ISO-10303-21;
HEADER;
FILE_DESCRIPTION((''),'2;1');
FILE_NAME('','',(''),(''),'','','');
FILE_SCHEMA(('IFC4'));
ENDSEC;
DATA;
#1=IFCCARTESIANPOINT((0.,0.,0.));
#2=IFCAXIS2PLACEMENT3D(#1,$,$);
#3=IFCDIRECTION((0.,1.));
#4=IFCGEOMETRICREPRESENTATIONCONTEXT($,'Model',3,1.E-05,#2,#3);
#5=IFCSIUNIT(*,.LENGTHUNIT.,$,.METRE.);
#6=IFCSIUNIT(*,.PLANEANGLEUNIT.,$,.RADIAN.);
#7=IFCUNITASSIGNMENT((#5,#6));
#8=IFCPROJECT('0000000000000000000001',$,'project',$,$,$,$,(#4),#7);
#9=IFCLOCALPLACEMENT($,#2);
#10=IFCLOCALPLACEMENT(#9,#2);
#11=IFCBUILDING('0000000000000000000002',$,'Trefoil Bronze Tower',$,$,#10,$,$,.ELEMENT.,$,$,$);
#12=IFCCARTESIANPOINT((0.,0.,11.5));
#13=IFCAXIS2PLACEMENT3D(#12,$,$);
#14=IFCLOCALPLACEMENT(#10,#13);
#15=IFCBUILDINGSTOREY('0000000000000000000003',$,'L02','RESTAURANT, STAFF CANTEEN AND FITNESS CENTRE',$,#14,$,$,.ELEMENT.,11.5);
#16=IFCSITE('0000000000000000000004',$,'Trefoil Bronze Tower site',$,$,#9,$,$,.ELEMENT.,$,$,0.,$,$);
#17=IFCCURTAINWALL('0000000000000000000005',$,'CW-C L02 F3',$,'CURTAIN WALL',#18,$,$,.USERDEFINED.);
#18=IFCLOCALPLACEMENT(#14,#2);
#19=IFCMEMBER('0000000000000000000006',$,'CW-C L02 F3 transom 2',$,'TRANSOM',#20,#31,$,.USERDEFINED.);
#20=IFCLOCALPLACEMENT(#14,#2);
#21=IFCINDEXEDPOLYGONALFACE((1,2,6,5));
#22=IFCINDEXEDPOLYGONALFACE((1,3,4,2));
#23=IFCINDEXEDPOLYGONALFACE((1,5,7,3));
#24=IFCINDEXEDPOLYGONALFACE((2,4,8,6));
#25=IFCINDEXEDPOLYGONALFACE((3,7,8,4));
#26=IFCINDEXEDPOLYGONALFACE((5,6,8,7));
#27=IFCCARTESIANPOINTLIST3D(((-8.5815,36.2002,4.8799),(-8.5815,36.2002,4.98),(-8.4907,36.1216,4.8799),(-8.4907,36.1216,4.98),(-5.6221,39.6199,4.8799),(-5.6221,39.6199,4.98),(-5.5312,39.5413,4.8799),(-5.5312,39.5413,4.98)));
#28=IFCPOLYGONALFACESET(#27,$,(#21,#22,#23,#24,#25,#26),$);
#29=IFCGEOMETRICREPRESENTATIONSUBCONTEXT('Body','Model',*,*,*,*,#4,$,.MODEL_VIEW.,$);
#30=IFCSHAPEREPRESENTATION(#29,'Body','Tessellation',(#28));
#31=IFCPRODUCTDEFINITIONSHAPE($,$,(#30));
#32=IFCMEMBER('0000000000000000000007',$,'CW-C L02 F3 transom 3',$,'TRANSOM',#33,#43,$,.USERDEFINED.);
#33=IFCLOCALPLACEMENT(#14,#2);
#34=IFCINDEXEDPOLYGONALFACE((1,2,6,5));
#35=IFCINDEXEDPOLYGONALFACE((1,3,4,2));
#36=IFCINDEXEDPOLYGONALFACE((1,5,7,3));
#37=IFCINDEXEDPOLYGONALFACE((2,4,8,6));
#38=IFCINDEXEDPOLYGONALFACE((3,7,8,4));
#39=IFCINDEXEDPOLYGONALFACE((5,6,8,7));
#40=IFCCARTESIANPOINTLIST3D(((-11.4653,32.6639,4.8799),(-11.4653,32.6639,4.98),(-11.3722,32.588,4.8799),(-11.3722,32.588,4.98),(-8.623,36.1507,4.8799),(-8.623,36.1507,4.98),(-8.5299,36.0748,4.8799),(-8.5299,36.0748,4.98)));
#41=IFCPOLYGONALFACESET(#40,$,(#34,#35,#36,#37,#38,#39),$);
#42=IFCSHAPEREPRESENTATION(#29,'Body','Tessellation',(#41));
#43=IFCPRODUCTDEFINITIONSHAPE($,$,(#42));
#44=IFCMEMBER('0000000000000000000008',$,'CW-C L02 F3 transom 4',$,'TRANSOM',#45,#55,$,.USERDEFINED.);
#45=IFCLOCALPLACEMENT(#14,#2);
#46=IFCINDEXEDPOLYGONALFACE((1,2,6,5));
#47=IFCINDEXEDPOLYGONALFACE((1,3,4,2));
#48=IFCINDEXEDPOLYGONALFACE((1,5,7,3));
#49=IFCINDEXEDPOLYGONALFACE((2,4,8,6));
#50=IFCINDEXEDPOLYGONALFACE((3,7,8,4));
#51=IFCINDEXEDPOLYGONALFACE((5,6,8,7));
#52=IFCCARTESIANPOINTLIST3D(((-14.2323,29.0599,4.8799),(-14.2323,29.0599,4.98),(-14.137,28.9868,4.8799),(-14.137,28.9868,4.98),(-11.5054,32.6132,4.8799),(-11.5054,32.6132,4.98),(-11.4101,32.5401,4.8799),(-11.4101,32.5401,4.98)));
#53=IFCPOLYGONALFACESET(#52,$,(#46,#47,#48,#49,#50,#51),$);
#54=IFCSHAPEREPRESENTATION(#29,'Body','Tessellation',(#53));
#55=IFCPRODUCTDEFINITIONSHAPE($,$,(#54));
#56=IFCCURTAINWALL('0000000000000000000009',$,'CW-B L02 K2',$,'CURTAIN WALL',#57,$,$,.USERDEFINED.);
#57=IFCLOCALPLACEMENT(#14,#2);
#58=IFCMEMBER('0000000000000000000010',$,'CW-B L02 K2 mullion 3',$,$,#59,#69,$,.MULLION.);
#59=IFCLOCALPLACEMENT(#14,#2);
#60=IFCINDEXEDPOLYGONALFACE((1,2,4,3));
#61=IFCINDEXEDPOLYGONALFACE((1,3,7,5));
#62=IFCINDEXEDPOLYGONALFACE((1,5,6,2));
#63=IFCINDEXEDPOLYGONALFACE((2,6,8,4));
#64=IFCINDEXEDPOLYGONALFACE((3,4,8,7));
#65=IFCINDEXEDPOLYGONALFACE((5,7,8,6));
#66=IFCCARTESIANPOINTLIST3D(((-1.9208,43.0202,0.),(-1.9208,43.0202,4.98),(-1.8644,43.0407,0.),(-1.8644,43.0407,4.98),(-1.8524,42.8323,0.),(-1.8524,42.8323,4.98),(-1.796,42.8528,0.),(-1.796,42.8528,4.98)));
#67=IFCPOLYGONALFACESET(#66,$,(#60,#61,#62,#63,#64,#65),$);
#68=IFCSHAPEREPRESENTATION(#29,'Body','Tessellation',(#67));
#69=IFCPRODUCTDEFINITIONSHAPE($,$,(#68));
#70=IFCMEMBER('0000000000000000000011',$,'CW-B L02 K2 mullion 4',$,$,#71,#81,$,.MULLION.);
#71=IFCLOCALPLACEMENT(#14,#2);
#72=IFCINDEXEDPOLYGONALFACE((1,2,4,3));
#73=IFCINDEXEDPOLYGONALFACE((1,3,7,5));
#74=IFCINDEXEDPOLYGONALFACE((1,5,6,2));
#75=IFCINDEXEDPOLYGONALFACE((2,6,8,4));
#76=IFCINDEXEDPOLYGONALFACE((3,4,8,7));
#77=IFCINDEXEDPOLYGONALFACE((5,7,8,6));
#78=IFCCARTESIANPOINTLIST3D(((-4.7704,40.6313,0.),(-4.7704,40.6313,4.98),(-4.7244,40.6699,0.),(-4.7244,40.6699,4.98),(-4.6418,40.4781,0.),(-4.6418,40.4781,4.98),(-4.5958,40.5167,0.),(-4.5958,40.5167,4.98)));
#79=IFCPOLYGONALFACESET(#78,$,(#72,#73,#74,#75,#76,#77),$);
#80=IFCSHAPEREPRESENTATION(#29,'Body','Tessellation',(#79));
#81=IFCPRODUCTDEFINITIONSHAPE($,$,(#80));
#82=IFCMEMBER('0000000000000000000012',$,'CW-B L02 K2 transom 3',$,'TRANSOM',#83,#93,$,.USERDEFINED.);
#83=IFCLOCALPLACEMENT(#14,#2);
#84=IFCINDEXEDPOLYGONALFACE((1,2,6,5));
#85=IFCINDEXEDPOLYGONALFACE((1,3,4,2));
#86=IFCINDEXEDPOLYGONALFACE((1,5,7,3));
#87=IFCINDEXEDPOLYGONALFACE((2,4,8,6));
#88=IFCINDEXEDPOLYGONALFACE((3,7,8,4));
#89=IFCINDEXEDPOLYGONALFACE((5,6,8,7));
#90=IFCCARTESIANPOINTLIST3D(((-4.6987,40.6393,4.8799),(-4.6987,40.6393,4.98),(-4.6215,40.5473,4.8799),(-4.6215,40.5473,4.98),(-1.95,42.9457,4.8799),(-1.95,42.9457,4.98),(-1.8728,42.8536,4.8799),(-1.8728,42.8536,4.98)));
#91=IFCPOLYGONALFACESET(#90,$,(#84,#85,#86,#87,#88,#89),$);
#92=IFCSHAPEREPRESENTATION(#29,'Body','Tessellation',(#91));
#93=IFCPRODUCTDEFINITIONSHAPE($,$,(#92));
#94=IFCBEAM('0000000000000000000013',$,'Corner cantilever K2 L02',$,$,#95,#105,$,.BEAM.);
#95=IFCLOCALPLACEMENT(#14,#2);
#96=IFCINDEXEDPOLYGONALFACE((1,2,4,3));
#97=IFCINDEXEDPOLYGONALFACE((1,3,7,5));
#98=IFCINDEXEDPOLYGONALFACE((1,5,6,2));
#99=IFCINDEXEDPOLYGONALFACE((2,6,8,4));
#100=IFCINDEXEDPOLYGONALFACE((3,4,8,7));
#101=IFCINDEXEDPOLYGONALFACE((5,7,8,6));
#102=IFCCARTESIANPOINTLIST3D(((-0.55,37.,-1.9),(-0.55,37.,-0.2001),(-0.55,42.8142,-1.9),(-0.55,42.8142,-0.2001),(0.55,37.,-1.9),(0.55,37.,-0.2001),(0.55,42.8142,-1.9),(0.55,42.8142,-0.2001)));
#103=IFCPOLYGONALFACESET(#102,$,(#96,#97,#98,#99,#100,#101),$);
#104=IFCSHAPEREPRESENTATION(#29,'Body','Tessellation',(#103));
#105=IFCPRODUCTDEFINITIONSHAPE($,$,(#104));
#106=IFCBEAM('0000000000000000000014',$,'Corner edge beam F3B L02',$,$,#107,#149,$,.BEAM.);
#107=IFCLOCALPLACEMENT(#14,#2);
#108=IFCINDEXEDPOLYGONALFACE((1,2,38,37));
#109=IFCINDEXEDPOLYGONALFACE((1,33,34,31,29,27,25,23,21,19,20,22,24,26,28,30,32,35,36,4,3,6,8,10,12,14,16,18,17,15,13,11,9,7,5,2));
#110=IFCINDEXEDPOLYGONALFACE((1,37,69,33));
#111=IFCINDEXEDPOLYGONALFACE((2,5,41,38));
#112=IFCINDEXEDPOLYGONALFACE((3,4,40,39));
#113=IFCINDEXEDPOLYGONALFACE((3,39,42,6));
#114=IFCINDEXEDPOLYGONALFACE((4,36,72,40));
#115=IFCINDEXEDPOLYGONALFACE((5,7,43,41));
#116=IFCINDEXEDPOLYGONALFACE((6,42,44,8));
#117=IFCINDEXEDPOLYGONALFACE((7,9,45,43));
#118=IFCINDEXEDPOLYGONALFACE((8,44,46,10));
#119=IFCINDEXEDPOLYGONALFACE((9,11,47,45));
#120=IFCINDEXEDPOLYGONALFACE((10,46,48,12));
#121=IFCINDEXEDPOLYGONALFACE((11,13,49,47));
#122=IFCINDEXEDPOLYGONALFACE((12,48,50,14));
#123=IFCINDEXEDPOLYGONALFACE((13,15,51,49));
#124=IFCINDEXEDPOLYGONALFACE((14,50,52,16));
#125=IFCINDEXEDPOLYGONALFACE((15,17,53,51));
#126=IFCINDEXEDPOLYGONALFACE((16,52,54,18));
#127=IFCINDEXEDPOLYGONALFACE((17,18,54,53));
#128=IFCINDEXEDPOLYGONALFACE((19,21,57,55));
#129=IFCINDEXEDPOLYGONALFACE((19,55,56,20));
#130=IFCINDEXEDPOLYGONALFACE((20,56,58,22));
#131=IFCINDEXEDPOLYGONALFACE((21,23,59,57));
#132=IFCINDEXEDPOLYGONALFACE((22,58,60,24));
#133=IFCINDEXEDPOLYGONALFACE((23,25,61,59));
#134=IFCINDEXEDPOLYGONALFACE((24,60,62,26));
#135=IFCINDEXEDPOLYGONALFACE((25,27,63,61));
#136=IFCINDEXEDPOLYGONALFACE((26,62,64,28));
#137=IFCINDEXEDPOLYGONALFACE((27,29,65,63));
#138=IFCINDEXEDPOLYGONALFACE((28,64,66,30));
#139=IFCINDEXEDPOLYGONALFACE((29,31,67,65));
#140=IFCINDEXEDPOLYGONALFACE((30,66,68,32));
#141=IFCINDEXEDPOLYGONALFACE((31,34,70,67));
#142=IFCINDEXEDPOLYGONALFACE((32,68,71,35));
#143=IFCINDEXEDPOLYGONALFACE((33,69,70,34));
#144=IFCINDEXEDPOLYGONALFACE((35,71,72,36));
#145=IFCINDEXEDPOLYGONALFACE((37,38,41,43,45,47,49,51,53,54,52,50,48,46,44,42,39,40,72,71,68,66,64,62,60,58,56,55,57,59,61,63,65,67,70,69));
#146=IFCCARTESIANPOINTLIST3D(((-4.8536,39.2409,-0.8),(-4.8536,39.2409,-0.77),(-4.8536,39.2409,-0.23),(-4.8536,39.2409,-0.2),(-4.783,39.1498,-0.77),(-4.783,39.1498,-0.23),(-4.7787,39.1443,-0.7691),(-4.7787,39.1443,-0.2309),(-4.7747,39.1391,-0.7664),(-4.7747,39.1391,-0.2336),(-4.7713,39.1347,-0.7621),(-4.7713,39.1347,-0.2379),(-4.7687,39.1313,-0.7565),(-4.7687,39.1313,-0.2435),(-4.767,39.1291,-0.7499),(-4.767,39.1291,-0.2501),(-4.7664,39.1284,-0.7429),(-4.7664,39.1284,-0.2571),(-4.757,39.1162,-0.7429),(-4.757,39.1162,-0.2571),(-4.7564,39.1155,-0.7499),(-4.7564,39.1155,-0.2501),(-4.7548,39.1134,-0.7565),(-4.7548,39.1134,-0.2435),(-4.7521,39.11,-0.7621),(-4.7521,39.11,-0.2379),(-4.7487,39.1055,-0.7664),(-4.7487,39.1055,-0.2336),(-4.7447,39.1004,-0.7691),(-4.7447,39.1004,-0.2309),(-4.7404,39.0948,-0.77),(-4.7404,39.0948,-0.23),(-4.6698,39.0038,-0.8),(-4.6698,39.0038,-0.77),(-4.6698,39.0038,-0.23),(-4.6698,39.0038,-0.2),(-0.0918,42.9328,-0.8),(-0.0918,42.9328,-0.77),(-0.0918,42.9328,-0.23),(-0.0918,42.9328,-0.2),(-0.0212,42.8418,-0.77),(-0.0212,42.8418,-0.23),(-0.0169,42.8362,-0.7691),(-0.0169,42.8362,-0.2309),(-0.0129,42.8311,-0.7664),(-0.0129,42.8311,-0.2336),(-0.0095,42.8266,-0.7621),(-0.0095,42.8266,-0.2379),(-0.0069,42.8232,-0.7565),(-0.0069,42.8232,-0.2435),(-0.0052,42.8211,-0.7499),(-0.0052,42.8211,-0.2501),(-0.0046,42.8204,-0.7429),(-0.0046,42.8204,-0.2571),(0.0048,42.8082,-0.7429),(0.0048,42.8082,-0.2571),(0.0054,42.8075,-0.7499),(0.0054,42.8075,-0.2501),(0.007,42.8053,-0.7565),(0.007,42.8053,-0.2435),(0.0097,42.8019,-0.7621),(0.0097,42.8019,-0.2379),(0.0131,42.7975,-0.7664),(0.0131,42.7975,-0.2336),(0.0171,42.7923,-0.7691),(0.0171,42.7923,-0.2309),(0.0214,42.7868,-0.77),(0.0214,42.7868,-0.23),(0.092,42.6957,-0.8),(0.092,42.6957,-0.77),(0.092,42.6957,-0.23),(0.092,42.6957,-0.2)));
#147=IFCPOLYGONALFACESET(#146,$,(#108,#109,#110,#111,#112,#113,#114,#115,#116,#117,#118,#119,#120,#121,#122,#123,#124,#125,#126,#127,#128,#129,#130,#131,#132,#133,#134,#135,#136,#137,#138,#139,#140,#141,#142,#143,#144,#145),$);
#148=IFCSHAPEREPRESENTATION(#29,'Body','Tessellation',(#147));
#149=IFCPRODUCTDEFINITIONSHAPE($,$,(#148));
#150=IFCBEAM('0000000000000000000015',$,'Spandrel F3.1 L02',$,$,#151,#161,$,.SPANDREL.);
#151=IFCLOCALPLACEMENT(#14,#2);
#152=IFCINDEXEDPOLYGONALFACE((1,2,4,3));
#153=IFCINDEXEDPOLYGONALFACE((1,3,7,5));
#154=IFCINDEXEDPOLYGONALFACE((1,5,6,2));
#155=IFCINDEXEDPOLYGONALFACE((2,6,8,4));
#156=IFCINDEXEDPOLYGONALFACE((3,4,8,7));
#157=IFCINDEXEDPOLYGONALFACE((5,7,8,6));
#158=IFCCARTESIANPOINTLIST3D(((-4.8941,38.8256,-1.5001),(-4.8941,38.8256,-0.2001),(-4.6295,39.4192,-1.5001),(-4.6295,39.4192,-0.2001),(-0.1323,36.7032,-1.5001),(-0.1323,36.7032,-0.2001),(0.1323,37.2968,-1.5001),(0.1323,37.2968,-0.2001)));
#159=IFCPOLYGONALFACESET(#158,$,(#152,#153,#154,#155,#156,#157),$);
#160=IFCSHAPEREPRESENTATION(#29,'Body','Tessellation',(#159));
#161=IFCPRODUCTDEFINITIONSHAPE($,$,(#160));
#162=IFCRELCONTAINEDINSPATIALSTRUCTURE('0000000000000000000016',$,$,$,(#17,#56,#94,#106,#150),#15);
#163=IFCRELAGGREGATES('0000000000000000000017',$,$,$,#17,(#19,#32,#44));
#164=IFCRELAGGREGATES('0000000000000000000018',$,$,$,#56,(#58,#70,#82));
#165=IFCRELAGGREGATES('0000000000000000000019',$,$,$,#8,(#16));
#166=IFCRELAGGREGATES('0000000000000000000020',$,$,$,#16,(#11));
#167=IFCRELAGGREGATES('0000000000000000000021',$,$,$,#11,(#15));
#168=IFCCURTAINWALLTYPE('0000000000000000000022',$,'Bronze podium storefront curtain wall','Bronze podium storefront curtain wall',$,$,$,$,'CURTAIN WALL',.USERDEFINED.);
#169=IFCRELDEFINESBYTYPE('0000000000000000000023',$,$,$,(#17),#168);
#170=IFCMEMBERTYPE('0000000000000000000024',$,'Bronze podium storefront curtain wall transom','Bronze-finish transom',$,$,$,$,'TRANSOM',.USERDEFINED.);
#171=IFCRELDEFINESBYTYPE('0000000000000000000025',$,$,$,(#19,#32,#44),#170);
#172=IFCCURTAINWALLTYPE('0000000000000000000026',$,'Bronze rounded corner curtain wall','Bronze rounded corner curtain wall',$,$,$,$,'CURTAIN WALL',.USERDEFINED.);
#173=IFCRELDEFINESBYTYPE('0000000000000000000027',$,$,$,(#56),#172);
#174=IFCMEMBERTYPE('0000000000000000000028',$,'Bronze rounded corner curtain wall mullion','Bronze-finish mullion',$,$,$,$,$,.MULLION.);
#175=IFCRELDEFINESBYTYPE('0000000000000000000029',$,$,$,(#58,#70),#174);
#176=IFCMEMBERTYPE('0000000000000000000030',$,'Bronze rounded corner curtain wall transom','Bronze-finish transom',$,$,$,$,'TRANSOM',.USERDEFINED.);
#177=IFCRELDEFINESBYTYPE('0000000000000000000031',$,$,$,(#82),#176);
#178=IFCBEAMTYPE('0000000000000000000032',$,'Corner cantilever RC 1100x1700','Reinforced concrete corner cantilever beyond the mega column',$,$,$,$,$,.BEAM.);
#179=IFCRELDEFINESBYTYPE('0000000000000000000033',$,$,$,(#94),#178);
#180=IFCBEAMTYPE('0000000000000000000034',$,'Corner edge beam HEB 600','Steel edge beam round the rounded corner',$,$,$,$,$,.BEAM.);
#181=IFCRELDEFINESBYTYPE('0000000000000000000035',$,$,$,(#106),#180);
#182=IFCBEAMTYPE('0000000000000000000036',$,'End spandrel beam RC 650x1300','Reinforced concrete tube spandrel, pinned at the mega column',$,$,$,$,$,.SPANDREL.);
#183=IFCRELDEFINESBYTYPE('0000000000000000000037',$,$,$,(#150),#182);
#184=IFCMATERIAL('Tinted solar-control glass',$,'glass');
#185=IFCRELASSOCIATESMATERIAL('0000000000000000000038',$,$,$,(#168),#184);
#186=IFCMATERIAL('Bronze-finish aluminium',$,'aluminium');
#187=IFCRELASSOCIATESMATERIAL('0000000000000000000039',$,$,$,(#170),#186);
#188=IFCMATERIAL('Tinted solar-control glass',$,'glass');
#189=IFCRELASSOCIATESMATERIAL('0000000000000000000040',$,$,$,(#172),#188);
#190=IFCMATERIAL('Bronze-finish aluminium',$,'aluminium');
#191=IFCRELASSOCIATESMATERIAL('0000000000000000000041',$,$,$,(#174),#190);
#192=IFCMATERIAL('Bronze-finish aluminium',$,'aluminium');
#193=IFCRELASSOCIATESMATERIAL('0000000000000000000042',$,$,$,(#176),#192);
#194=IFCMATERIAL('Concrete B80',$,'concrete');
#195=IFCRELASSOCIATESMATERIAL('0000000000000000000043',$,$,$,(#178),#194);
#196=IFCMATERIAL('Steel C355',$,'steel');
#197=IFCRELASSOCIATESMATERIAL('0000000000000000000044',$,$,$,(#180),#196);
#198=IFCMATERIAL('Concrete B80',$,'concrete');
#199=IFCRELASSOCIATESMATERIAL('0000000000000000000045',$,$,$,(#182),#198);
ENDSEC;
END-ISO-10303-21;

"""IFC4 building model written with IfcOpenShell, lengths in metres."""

from ifc_helpers import new_model, si_unit, direction, frame, origin, origin_2d, place, context, subcontext, project, spatial, rectangle, i_section, extrude, material, material_profile, profile_set, type_object, element, aggregate, save


model = new_model("IFC4")

# Units and contexts
model_context = context("Model", 3, precision=1e-05, world=origin(), true_north=direction((0.0, 1.0)))
body_context = subcontext(model_context, "Body", "Model", "MODEL_VIEW")
ifc_project = project(units=[si_unit("LENGTHUNIT", "METRE"), si_unit("PLANEANGLEUNIT", "RADIAN")], contexts=[model_context])

# Site, building, storey
site_placement = place(None, origin())
site = spatial("IfcSite", under=ifc_project, at=site_placement, Name="Trefoil Bronze Tower site", CompositionType="ELEMENT", RefElevation=0.0)
building_placement = place(site_placement, origin())
building = spatial("IfcBuilding", under=site, at=building_placement, Name="Trefoil Bronze Tower", CompositionType="ELEMENT")
storey_placement = place(building_placement, frame((0.0, 0.0, 11.5)))
storey = spatial("IfcBuildingStorey", under=building, at=storey_placement, Name="L02", Description="RESTAURANT, STAFF CANTEEN AND FITNESS CENTRE", CompositionType="ELEMENT", Elevation=11.5)

# Curtain walls, members
ifc_material_1 = material(Name="Tinted solar-control glass", Category="glass")
curtain_wall_type_1 = type_object("IfcCurtainWallType", Name="Bronze podium storefront curtain wall", Description="Bronze podium storefront curtain wall", ElementType="CURTAIN WALL", PredefinedType="USERDEFINED", material=ifc_material_1)
curtain_wall_1_placement = place(storey_placement, origin())
curtain_wall_1 = element("IfcCurtainWall", 1, at=curtain_wall_1_placement, inside=storey, type_object=curtain_wall_type_1, Name="CW-C L02 F3", ObjectType="CURTAIN WALL", PredefinedType="USERDEFINED")
ifc_material_2 = material(Name="Bronze-finish aluminium", Category="aluminium")
ifc_material_profile_1 = material_profile(ifc_material_2, rectangle(XDim=0.1201, YDim=0.1001, at=origin_2d()), Name="CW-C transom")
ifc_profile_set_1 = profile_set([ifc_material_profile_1], Name="Bronze-finish aluminium")
member_type_1 = type_object("IfcMemberType", Name="Bronze podium storefront curtain wall transom", Description="Bronze-finish transom", ElementType="TRANSOM", PredefinedType="USERDEFINED", material=ifc_profile_set_1)
member_1_placement = place(storey_placement, frame((-5.5767, 39.5806, 4.9299), z_axis=(-0.654394, -0.756154, 0.0), x_axis=(0.756154, -0.654394, 0.0)))
member_1 = element("IfcMember", 2, at=member_1_placement, type_object=member_type_1, Name="CW-C L02 F3 transom 2", ObjectType="TRANSOM", PredefinedType="USERDEFINED", context=body_context, shape_type="SweptSolid", body=[
    extrude(rectangle(XDim=0.1201, YDim=0.1001, at=origin_2d()), origin(), (0.0, 0.0, 1.0), 4.5225),
])
member_2_placement = place(storey_placement, frame((-8.5764, 36.1128, 4.9299), z_axis=(-0.63183, -0.775107, 0.0), x_axis=(0.775107, -0.63183, 0.0)))
member_2 = element("IfcMember", 3, at=member_2_placement, type_object=member_type_1, Name="CW-C L02 F3 transom 3", ObjectType="TRANSOM", PredefinedType="USERDEFINED", context=body_context, shape_type="SweptSolid", body=[
    extrude(rectangle(XDim=0.1201, YDim=0.1001, at=origin_2d()), origin(), (0.0, 0.0, 1.0), 4.4985),
])
member_3_placement = place(storey_placement, frame((-11.4578, 32.5767, 4.9299), z_axis=(-0.608807, -0.793319, 0.0), x_axis=(0.793319, -0.608807, 0.0)))
member_3 = element("IfcMember", 4, at=member_3_placement, type_object=member_type_1, Name="CW-C L02 F3 transom 4", ObjectType="TRANSOM", PredefinedType="USERDEFINED", context=body_context, shape_type="SweptSolid", body=[
    extrude(rectangle(XDim=0.1201, YDim=0.1001, at=origin_2d()), origin(), (0.0, 0.0, 1.0), 4.479),
])
ifc_material_3 = material(Name="Tinted solar-control glass", Category="glass")
curtain_wall_type_2 = type_object("IfcCurtainWallType", Name="Bronze rounded corner curtain wall", Description="Bronze rounded corner curtain wall", ElementType="CURTAIN WALL", PredefinedType="USERDEFINED", material=ifc_material_3)
curtain_wall_2_placement = place(storey_placement, origin())
curtain_wall_2 = element("IfcCurtainWall", 5, at=curtain_wall_2_placement, inside=storey, type_object=curtain_wall_type_2, Name="CW-B L02 K2", ObjectType="CURTAIN WALL", PredefinedType="USERDEFINED")
ifc_material_4 = material(Name="Bronze-finish aluminium", Category="aluminium")
ifc_material_profile_2 = material_profile(ifc_material_4, rectangle(XDim=0.2, YDim=0.0601, at=origin_2d()), Name="CW-B mullion")
ifc_profile_set_2 = profile_set([ifc_material_profile_2], Name="Bronze-finish aluminium")
member_type_2 = type_object("IfcMemberType", Name="Bronze rounded corner curtain wall mullion", Description="Bronze-finish mullion", PredefinedType="MULLION", material=ifc_profile_set_2)
member_4_placement = place(storey_placement, frame((-1.8584, 42.9365, 0.0), z_axis=(0.0, 0.0, 1.0), x_axis=(0.34202, -0.939693, 0.0)))
member_4 = element("IfcMember", 6, at=member_4_placement, type_object=member_type_2, Name="CW-B L02 K2 mullion 3", PredefinedType="MULLION", context=body_context, shape_type="SweptSolid", body=[
    extrude(rectangle(XDim=0.2, YDim=0.0601, at=origin_2d()), origin(), (0.0, 0.0, 1.0), 4.98),
])
member_5_placement = place(storey_placement, frame((-4.6831, 40.574, 0.0), z_axis=(0.0, 0.0, 1.0), x_axis=(0.642788, -0.766044, 0.0)))
member_5 = element("IfcMember", 7, at=member_5_placement, type_object=member_type_2, Name="CW-B L02 K2 mullion 4", PredefinedType="MULLION", context=body_context, shape_type="SweptSolid", body=[
    extrude(rectangle(XDim=0.2, YDim=0.0601, at=origin_2d()), origin(), (0.0, 0.0, 1.0), 4.98),
])
ifc_material_5 = material(Name="Bronze-finish aluminium", Category="aluminium")
ifc_material_profile_3 = material_profile(ifc_material_5, rectangle(XDim=0.1201, YDim=0.1001, at=origin_2d()), Name="CW-B transom")
ifc_profile_set_3 = profile_set([ifc_material_profile_3], Name="Bronze-finish aluminium")
member_type_3 = type_object("IfcMemberType", Name="Bronze rounded corner curtain wall transom", Description="Bronze-finish transom", ElementType="TRANSOM", PredefinedType="USERDEFINED", material=ifc_profile_set_3)
member_6_placement = place(storey_placement, frame((-1.9114, 42.8997, 4.9299), z_axis=(-0.766059, -0.642771, 0.0), x_axis=(0.642771, -0.766059, 0.0)))
member_6 = element("IfcMember", 8, at=member_6_placement, type_object=member_type_3, Name="CW-B L02 K2 transom 3", ObjectType="TRANSOM", PredefinedType="USERDEFINED", context=body_context, shape_type="SweptSolid", body=[
    extrude(rectangle(XDim=0.1201, YDim=0.1001, at=origin_2d()), origin(), (0.0, 0.0, 1.0), 3.5881),
])

# Beams
ifc_material_6 = material(Name="Concrete B80", Category="concrete")
ifc_material_profile_4 = material_profile(ifc_material_6, rectangle(XDim=1.1001, YDim=1.7, at=origin_2d()), Name="RC 1100x1700")
ifc_profile_set_4 = profile_set([ifc_material_profile_4], Name="Concrete B80")
beam_type_1 = type_object("IfcBeamType", Name="Corner cantilever RC 1100x1700", Description="Reinforced concrete corner cantilever beyond the mega column", PredefinedType="BEAM", material=ifc_profile_set_4)
beam_1_placement = place(storey_placement, frame((0.0, 37.0, -1.05), z_axis=(0.0, 1.0, 0.0), x_axis=(-1.0, 0.0, 0.0)))
element("IfcBeam", 9, at=beam_1_placement, inside=storey, type_object=beam_type_1, Name="Corner cantilever K2 L02", PredefinedType="BEAM", context=body_context, shape_type="SweptSolid", body=[
    extrude(rectangle(XDim=1.1001, YDim=1.7, at=origin_2d()), origin(), (0.0, 0.0, 1.0), 5.8142),
])
ifc_material_7 = material(Name="Steel C355", Category="steel")
ifc_material_profile_5 = material_profile(ifc_material_7, i_section(OverallWidth=0.3, OverallDepth=0.6001, WebThickness=0.0154, FlangeThickness=0.03, FilletRadius=0.0271, at=origin_2d()), Name="HEB 600")
ifc_profile_set_5 = profile_set([ifc_material_profile_5], Name="Steel C355")
beam_type_2 = type_object("IfcBeamType", Name="Corner edge beam HEB 600", Description="Steel edge beam round the rounded corner", PredefinedType="BEAM", material=ifc_profile_set_5)
beam_2_placement = place(storey_placement, frame((-4.7617, 39.1223, -0.5), z_axis=(0.790289, 0.612734, 0.0), x_axis=(-0.612734, 0.790289, 0.0)))
element("IfcBeam", 10, at=beam_2_placement, inside=storey, type_object=beam_type_2, Name="Corner edge beam F3B L02", PredefinedType="BEAM", context=body_context, shape_type="SweptSolid", body=[
    extrude(i_section(OverallWidth=0.3, OverallDepth=0.6001, WebThickness=0.0154, FlangeThickness=0.03, FilletRadius=0.0271, at=origin_2d()), origin(), (0.0, 0.0, 1.0), 6.0254),
])
ifc_material_8 = material(Name="Concrete B80", Category="concrete")
ifc_material_profile_6 = material_profile(ifc_material_8, rectangle(XDim=0.6499, YDim=1.3, at=origin_2d()), Name="RC 650x1300")
ifc_profile_set_6 = profile_set([ifc_material_profile_6], Name="Concrete B80")
beam_type_3 = type_object("IfcBeamType", Name="End spandrel beam RC 650x1300", Description="Reinforced concrete tube spandrel, pinned at the mega column", PredefinedType="SPANDREL", material=ifc_profile_set_6)
beam_3_placement = place(storey_placement, frame((0.0, 37.0, -0.8501), z_axis=(-0.913384, 0.407099, 0.0), x_axis=(-0.407099, -0.913384, 0.0)))
element("IfcBeam", 11, at=beam_3_placement, inside=storey, type_object=beam_type_3, Name="Spandrel F3.1 L02", PredefinedType="SPANDREL", context=body_context, shape_type="SweptSolid", body=[
    extrude(rectangle(XDim=0.6499, YDim=1.3, at=origin_2d()), origin(), (0.0, 0.0, 1.0), 5.2134),
])

aggregate(curtain_wall_1, [member_1, member_2, member_3])
aggregate(curtain_wall_2, [member_4, member_5, member_6])

save(model, "model.ifc")
